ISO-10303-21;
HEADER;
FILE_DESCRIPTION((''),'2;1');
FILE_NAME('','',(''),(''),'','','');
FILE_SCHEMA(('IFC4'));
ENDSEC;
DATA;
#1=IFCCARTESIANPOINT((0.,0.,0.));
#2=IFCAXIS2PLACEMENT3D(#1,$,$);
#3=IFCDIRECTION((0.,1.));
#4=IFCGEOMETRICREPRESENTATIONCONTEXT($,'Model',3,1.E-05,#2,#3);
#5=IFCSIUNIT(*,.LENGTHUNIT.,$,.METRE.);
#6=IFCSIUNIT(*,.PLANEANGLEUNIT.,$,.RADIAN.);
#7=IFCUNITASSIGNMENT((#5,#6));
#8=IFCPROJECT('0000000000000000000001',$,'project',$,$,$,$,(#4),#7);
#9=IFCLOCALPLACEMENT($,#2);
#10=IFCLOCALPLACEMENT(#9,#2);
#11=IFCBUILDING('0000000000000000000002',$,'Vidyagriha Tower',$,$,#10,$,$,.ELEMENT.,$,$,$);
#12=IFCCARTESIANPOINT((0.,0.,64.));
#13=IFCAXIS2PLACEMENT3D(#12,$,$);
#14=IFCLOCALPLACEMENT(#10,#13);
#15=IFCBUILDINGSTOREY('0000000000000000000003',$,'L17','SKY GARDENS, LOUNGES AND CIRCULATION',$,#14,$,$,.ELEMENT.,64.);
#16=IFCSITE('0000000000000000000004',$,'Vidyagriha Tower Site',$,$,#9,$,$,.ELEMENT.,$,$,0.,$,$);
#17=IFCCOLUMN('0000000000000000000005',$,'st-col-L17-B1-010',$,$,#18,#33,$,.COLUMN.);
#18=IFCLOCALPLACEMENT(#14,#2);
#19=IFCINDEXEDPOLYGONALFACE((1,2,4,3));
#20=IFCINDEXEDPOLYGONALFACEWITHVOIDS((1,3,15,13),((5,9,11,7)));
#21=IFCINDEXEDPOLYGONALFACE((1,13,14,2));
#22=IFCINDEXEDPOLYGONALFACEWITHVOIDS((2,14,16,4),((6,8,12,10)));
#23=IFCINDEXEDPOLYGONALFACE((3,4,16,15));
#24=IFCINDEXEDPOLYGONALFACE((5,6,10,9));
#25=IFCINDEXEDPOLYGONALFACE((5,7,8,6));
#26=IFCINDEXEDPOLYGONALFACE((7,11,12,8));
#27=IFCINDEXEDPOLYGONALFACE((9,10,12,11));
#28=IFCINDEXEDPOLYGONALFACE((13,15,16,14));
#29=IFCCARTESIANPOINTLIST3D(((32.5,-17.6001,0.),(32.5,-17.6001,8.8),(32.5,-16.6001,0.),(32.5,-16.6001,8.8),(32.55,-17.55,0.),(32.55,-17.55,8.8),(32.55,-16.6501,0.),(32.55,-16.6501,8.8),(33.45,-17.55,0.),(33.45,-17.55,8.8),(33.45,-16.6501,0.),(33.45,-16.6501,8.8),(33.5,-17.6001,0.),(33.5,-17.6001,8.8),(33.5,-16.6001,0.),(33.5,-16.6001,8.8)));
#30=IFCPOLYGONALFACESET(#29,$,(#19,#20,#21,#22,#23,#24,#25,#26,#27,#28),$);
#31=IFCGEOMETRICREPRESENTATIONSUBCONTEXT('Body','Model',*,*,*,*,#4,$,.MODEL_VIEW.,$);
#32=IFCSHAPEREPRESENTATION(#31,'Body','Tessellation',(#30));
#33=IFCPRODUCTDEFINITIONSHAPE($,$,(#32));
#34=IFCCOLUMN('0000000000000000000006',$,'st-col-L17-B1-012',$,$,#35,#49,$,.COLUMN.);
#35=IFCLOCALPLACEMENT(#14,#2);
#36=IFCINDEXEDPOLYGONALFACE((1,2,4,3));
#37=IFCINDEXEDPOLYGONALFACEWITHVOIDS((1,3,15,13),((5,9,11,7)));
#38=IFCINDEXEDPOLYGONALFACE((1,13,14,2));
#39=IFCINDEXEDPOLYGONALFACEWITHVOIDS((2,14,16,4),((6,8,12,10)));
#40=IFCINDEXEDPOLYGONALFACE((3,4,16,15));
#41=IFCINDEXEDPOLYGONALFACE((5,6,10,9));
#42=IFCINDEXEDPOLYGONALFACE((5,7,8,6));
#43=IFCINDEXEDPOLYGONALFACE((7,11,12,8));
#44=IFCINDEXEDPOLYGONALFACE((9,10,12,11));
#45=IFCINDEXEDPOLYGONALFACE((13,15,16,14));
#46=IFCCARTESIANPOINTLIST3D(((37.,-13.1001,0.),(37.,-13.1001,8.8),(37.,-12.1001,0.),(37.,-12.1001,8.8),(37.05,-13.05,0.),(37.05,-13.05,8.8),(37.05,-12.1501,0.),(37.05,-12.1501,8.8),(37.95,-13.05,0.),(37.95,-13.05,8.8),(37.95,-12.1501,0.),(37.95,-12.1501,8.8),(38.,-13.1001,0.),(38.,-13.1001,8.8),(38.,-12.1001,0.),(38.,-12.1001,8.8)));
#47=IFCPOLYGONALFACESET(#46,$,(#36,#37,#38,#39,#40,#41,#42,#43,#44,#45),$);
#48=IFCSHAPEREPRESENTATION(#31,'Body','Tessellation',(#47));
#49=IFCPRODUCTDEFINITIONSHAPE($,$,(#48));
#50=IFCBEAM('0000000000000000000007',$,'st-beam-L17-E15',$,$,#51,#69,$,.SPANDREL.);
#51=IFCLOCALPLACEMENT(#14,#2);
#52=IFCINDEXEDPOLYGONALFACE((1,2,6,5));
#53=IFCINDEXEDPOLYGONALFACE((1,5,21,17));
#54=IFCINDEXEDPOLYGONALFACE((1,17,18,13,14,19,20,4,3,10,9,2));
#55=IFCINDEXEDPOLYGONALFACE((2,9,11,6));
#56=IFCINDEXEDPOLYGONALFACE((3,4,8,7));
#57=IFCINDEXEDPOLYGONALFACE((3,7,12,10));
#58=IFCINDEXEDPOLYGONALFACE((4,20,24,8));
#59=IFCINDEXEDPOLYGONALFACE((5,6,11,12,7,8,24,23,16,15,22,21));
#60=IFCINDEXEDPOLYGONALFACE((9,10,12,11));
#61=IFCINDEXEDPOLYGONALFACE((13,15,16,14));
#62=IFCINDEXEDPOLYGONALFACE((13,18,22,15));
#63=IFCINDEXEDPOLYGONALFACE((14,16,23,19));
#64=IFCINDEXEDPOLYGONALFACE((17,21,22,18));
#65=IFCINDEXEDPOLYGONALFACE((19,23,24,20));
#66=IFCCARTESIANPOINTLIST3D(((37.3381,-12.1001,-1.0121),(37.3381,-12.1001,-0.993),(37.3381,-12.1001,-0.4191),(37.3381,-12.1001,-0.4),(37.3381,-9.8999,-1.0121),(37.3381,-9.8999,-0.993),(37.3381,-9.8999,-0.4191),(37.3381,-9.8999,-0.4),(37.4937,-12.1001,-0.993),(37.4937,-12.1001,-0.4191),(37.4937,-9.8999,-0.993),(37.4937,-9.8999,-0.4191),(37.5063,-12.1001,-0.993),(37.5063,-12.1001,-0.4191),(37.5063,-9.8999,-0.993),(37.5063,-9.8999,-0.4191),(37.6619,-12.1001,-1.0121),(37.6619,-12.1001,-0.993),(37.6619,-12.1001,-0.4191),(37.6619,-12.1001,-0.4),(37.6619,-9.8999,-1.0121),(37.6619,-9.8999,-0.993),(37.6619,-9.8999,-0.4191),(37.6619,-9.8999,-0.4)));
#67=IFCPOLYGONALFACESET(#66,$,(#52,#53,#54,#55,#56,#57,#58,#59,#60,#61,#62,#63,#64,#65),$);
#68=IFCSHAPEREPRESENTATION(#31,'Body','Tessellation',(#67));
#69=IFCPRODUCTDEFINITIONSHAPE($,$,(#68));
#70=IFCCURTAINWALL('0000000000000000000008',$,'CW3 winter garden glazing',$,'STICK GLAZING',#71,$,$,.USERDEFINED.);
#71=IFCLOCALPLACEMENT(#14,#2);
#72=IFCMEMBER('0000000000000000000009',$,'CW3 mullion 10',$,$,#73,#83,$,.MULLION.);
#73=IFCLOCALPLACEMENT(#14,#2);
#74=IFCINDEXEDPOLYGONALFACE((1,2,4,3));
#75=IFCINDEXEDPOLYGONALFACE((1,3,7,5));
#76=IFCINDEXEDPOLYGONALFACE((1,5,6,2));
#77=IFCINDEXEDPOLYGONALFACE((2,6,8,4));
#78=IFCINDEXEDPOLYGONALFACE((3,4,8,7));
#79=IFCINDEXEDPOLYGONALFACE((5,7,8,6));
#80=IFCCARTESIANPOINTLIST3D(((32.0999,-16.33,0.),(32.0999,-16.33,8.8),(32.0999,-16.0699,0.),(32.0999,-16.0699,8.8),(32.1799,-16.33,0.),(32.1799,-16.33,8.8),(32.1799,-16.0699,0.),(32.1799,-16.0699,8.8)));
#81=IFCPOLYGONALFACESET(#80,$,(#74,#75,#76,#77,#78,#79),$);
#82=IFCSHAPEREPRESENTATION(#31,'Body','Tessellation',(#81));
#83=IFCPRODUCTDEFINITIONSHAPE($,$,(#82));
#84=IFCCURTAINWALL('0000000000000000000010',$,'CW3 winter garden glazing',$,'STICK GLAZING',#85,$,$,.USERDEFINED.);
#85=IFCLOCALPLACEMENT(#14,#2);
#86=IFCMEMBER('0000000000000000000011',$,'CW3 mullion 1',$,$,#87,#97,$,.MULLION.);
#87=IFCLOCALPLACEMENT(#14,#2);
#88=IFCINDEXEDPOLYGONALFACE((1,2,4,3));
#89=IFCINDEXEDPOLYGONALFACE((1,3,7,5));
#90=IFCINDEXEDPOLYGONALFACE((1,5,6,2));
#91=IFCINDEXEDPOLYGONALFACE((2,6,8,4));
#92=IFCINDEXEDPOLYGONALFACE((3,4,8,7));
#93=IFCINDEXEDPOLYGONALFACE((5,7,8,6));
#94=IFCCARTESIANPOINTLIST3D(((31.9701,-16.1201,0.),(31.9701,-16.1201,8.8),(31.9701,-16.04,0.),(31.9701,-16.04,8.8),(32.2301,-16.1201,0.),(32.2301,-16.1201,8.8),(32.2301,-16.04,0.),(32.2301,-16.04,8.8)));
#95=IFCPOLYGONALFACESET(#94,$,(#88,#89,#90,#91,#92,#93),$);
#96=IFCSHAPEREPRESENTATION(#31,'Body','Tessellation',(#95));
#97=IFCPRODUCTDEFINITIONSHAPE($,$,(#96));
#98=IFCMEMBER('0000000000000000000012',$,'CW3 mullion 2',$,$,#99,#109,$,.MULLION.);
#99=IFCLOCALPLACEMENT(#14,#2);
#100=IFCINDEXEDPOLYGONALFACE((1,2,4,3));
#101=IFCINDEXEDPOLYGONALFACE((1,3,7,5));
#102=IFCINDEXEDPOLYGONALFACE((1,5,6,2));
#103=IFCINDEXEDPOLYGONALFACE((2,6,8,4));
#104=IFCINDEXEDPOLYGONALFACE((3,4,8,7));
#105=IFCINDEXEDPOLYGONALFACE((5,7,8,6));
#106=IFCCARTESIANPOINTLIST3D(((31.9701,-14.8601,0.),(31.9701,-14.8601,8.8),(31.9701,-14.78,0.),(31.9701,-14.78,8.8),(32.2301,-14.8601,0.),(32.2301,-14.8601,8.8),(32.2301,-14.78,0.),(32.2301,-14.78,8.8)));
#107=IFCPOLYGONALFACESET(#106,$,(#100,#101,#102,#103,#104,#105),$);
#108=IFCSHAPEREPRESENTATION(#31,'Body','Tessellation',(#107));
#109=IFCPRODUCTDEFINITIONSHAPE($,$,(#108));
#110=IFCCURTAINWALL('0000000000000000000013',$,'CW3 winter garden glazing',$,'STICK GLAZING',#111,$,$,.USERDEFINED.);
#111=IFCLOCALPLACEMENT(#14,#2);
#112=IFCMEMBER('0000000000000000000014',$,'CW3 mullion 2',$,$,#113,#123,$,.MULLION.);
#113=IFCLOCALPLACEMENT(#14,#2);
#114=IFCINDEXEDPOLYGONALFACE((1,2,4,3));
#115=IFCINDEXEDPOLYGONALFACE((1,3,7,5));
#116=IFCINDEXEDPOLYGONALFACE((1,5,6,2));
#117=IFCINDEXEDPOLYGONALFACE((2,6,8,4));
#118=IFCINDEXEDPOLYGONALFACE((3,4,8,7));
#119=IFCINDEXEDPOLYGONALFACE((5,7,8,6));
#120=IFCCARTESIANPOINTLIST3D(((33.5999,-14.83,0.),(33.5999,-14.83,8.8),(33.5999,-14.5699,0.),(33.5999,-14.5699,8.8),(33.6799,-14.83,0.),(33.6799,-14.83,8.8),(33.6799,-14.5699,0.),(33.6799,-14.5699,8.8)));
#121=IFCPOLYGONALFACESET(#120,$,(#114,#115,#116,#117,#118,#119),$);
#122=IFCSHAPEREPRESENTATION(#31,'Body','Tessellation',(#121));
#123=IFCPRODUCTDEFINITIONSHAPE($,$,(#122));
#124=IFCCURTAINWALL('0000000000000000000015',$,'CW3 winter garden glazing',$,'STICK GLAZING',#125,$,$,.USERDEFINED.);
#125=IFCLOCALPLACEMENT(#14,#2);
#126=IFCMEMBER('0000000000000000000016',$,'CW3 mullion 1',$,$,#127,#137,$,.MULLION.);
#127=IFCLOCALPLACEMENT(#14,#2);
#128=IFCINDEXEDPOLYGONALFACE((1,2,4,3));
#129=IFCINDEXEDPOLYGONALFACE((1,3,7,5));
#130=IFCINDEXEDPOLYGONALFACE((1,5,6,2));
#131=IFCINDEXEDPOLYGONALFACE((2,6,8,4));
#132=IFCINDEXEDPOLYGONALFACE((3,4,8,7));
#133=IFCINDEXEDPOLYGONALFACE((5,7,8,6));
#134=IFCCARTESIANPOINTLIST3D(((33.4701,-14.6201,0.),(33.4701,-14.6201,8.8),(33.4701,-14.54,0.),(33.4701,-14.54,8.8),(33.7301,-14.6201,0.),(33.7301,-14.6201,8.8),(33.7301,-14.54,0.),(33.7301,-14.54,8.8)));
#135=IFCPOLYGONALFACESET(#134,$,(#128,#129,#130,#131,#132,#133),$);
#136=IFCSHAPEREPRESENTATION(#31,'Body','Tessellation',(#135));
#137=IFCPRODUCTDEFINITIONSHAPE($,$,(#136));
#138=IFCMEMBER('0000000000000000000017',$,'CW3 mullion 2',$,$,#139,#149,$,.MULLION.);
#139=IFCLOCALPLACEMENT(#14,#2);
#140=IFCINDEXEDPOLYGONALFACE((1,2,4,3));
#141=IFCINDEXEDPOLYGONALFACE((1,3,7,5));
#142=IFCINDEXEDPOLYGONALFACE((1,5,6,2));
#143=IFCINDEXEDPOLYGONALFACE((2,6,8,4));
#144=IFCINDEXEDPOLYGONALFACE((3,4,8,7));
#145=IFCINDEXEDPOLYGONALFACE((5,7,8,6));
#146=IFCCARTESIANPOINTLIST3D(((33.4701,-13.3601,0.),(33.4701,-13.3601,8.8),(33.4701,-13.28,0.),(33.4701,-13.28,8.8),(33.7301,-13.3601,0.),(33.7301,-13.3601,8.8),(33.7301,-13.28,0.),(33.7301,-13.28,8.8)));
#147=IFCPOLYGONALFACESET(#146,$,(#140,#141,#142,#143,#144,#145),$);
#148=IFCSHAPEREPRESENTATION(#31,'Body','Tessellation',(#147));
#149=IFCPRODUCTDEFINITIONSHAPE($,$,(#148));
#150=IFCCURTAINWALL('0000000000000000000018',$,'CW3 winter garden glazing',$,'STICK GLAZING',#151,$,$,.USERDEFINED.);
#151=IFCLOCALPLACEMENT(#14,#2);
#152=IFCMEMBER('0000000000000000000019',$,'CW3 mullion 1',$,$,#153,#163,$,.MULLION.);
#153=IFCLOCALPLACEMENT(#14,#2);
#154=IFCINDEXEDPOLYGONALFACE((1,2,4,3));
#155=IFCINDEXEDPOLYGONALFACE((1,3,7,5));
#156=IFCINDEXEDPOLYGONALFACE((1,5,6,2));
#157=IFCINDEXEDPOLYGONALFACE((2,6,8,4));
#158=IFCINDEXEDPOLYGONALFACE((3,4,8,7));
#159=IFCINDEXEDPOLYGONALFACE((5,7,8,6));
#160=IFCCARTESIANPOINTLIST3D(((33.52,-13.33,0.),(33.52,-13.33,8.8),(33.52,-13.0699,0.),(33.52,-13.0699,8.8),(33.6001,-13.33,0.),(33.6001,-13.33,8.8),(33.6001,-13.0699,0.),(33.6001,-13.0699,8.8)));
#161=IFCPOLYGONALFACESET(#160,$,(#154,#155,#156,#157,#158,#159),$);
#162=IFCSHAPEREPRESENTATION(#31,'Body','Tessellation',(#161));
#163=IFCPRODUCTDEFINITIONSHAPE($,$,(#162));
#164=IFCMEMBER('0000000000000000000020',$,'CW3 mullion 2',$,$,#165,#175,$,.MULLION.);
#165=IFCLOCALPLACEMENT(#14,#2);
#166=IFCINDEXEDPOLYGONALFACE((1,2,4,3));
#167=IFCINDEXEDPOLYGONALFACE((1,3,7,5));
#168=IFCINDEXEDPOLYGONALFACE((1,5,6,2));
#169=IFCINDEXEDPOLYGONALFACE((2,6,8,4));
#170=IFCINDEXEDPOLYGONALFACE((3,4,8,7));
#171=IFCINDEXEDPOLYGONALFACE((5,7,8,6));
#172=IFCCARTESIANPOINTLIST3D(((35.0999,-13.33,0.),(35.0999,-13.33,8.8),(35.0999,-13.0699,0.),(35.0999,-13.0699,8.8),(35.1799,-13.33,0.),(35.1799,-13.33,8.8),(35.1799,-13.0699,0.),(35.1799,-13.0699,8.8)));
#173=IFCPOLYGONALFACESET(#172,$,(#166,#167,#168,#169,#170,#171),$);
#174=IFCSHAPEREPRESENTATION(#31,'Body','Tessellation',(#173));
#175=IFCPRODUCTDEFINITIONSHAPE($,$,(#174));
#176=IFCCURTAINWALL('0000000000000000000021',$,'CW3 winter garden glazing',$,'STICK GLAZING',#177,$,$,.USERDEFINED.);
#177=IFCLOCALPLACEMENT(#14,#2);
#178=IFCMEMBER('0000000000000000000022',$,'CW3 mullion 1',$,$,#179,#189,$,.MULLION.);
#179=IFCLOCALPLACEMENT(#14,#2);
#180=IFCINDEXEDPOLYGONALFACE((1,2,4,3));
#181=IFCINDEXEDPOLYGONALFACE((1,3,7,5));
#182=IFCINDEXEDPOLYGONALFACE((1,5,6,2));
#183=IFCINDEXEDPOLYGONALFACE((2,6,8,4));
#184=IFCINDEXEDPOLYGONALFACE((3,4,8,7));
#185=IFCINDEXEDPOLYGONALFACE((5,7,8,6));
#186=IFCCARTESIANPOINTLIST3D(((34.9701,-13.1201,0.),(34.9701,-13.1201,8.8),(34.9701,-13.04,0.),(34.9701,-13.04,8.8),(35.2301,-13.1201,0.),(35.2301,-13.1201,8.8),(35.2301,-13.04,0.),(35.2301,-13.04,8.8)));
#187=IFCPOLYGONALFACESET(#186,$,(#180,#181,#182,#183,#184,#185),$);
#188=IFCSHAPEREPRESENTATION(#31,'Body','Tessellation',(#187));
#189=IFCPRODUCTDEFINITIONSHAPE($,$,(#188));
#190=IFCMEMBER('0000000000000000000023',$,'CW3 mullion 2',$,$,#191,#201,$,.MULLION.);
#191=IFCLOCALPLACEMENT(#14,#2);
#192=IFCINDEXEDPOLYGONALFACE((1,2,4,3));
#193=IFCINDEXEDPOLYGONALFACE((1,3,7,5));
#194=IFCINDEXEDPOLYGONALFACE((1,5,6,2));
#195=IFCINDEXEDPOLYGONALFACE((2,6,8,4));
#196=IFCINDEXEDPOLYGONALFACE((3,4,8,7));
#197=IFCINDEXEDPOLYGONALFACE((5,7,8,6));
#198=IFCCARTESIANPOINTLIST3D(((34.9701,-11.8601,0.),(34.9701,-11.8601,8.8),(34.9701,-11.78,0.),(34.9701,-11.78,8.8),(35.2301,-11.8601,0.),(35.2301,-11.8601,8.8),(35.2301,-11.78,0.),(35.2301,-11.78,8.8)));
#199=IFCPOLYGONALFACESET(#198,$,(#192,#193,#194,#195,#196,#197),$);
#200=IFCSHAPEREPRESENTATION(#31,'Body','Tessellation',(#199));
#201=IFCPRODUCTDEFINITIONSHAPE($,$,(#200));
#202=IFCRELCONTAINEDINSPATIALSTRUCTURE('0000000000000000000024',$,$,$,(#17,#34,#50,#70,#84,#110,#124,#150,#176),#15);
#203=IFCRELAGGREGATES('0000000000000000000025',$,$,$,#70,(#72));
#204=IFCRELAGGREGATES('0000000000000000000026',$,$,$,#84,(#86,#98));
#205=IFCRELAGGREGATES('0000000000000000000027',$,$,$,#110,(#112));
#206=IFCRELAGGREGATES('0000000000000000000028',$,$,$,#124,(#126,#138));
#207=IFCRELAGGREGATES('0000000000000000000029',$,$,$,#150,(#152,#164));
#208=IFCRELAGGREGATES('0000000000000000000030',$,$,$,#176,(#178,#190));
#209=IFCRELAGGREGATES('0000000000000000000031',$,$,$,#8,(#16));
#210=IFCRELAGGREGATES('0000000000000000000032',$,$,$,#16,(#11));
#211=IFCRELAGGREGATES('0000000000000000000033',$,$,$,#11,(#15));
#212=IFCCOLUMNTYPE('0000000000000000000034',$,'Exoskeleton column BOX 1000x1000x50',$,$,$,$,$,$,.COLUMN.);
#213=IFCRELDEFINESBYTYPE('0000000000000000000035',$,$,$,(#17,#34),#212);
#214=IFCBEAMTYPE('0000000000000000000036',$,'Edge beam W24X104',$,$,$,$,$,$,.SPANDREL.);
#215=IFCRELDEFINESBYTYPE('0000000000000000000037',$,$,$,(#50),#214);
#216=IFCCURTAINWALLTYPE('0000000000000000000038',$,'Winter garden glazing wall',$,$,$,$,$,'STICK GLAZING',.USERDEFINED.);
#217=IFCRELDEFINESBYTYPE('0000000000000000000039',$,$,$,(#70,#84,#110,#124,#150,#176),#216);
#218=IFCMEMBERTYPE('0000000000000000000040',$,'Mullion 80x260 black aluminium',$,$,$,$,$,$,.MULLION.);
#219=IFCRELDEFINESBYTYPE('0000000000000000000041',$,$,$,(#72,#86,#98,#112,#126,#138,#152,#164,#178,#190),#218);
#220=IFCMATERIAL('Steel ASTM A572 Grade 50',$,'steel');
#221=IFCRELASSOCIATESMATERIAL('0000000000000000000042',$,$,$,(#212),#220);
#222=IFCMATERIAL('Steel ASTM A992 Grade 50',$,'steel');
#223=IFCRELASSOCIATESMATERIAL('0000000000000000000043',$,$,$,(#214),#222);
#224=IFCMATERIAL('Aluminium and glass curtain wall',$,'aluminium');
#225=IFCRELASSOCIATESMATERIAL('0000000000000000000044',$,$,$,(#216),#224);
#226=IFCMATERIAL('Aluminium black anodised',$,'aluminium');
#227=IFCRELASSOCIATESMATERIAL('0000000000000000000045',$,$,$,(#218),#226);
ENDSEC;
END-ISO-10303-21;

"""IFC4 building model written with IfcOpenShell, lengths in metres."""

from ifc_helpers import new_model, si_unit, direction, frame, origin, origin_2d, place, context, subcontext, project, spatial, rectangle, hollow_rectangle, i_section, extrude, material, material_profile, profile_set, type_object, element, aggregate, save


model = new_model("IFC4")

# Units and contexts
model_context = context("Model", 3, precision=1e-05, world=origin(), true_north=direction((0.0, 1.0)))
body_context = subcontext(model_context, "Body", "Model", "MODEL_VIEW")
ifc_project = project(units=[si_unit("LENGTHUNIT", "METRE"), si_unit("PLANEANGLEUNIT", "RADIAN")], contexts=[model_context])

# Site, building, storey
site_placement = place(None, origin())
site = spatial("IfcSite", under=ifc_project, at=site_placement, Name="Vidyagriha Tower Site", CompositionType="ELEMENT", RefElevation=0.0)
building_placement = place(site_placement, origin())
building = spatial("IfcBuilding", under=site, at=building_placement, Name="Vidyagriha Tower", CompositionType="ELEMENT")
storey_placement = place(building_placement, frame((0.0, 0.0, 64.0)))
storey = spatial("IfcBuildingStorey", under=building, at=storey_placement, Name="L17", Description="SKY GARDENS, LOUNGES AND CIRCULATION", CompositionType="ELEMENT", Elevation=64.0)

# Columns
ifc_material_1 = material(Name="Steel ASTM A572 Grade 50", Category="steel")
ifc_material_profile_1 = material_profile(ifc_material_1, hollow_rectangle(XDim=1.0, YDim=1.0, WallThickness=0.05, at=origin_2d()), Name="BOX 1000x1000x50")
ifc_profile_set_1 = profile_set([ifc_material_profile_1], Name="Steel ASTM A572 Grade 50")
column_type = type_object("IfcColumnType", Name="Exoskeleton column BOX 1000x1000x50", PredefinedType="COLUMN", material=ifc_profile_set_1)
for number, where, name in (
    (1, (33.0, -17.1001, 0.0), "st-col-L17-B1-010"),
    (2, (37.5, -12.6001, 0.0), "st-col-L17-B1-012"),
):
    element("IfcColumn", number, at=place(storey_placement, frame(where)), inside=storey, type_object=column_type, Name=name, PredefinedType="COLUMN", context=body_context, shape_type="SweptSolid", body=[
        extrude(hollow_rectangle(XDim=1.0, YDim=1.0, WallThickness=0.05, at=origin_2d()), origin(), (0.0, 0.0, 1.0), 8.8),
    ])

# Beam
ifc_material_2 = material(Name="Steel ASTM A992 Grade 50", Category="steel")
ifc_material_profile_2 = material_profile(ifc_material_2, i_section(OverallWidth=0.3237, OverallDepth=0.6121, WebThickness=0.0127, FlangeThickness=0.019, at=origin_2d()), Name="W24X104")
ifc_profile_set_2 = profile_set([ifc_material_profile_2], Name="Steel ASTM A992 Grade 50")
beam_type = type_object("IfcBeamType", Name="Edge beam W24X104", PredefinedType="SPANDREL", material=ifc_profile_set_2)
beam_placement = place(storey_placement, frame((37.5, -12.1001, -0.7061), z_axis=(0.0, 1.0, 0.0), x_axis=(-1.0, 0.0, 0.0)))
element("IfcBeam", 3, at=beam_placement, inside=storey, type_object=beam_type, Name="st-beam-L17-E15", PredefinedType="SPANDREL", context=body_context, shape_type="SweptSolid", body=[
    extrude(i_section(OverallWidth=0.3237, OverallDepth=0.6121, WebThickness=0.0127, FlangeThickness=0.019, at=origin_2d()), origin(), (0.0, 0.0, 1.0), 2.2002),
])

# Curtain wall, member
ifc_material_3 = material(Name="Aluminium and glass curtain wall", Category="aluminium")
curtain_wall_type = type_object("IfcCurtainWallType", Name="Winter garden glazing wall", ElementType="STICK GLAZING", PredefinedType="USERDEFINED", material=ifc_material_3)
curtain_wall_1_placement = place(storey_placement, origin())
curtain_wall_1 = element("IfcCurtainWall", 4, at=curtain_wall_1_placement, inside=storey, type_object=curtain_wall_type, Name="CW3 winter garden glazing", ObjectType="STICK GLAZING", PredefinedType="USERDEFINED")
ifc_material_4 = material(Name="Aluminium black anodised", Category="aluminium")
ifc_material_profile_3 = material_profile(ifc_material_4, rectangle(XDim=0.26, YDim=0.0801, at=origin_2d()), Name="Mullion 80x260 black aluminium")
ifc_profile_set_3 = profile_set([ifc_material_profile_3], Name="Aluminium black anodised")
member_type_1 = type_object("IfcMemberType", Name="Mullion 80x260 black aluminium", PredefinedType="MULLION", material=ifc_profile_set_3)
member_1_placement = place(storey_placement, frame((32.1399, -16.2, 0.0), z_axis=(0.0, 0.0, 1.0), x_axis=(0.0, 1.0, 0.0)))
member_1 = element("IfcMember", 5, at=member_1_placement, type_object=member_type_1, Name="CW3 mullion 10", PredefinedType="MULLION", context=body_context, shape_type="SweptSolid", body=[
    extrude(rectangle(XDim=0.26, YDim=0.0801, at=origin_2d()), origin(), (0.0, 0.0, 1.0), 8.8),
])
aggregate(curtain_wall_1, [member_1])

# Curtain wall, members
curtain_wall_2_placement = place(storey_placement, origin())
curtain_wall_2 = element("IfcCurtainWall", 6, at=curtain_wall_2_placement, inside=storey, type_object=curtain_wall_type, Name="CW3 winter garden glazing", ObjectType="STICK GLAZING", PredefinedType="USERDEFINED")
member_2_placement = place(storey_placement, frame((32.1001, -16.0801, 0.0), z_axis=(0.0, 0.0, 1.0), x_axis=(-1.0, 0.0, 0.0)))
member_2 = element("IfcMember", 7, at=member_2_placement, type_object=member_type_1, Name="CW3 mullion 1", PredefinedType="MULLION", context=body_context, shape_type="SweptSolid", body=[
    extrude(rectangle(XDim=0.26, YDim=0.0801, at=origin_2d()), origin(), (0.0, 0.0, 1.0), 8.8),
])
member_3_placement = place(storey_placement, frame((32.1001, -14.8201, 0.0), z_axis=(0.0, 0.0, 1.0), x_axis=(-1.0, 0.0, 0.0)))
member_3 = element("IfcMember", 8, at=member_3_placement, type_object=member_type_1, Name="CW3 mullion 2", PredefinedType="MULLION", context=body_context, shape_type="SweptSolid", body=[
    extrude(rectangle(XDim=0.26, YDim=0.0801, at=origin_2d()), origin(), (0.0, 0.0, 1.0), 8.8),
])

# Curtain wall, member
curtain_wall_3_placement = place(storey_placement, origin())
curtain_wall_3 = element("IfcCurtainWall", 9, at=curtain_wall_3_placement, inside=storey, type_object=curtain_wall_type, Name="CW3 winter garden glazing", ObjectType="STICK GLAZING", PredefinedType="USERDEFINED")
member_4_placement = place(storey_placement, frame((33.6399, -14.7, 0.0), z_axis=(0.0, 0.0, 1.0), x_axis=(0.0, 1.0, 0.0)))
member_4 = element("IfcMember", 10, at=member_4_placement, type_object=member_type_1, Name="CW3 mullion 2", PredefinedType="MULLION", context=body_context, shape_type="SweptSolid", body=[
    extrude(rectangle(XDim=0.26, YDim=0.0801, at=origin_2d()), origin(), (0.0, 0.0, 1.0), 8.8),
])

# Curtain walls, members
curtain_wall_4_placement = place(storey_placement, origin())
curtain_wall_4 = element("IfcCurtainWall", 11, at=curtain_wall_4_placement, inside=storey, type_object=curtain_wall_type, Name="CW3 winter garden glazing", ObjectType="STICK GLAZING", PredefinedType="USERDEFINED")
member_5_placement = place(storey_placement, frame((33.6001, -14.5801, 0.0), z_axis=(0.0, 0.0, 1.0), x_axis=(-1.0, 0.0, 0.0)))
member_5 = element("IfcMember", 12, at=member_5_placement, type_object=member_type_1, Name="CW3 mullion 1", PredefinedType="MULLION", context=body_context, shape_type="SweptSolid", body=[
    extrude(rectangle(XDim=0.26, YDim=0.0801, at=origin_2d()), origin(), (0.0, 0.0, 1.0), 8.8),
])
member_6_placement = place(storey_placement, frame((33.6001, -13.3201, 0.0), z_axis=(0.0, 0.0, 1.0), x_axis=(-1.0, 0.0, 0.0)))
member_6 = element("IfcMember", 13, at=member_6_placement, type_object=member_type_1, Name="CW3 mullion 2", PredefinedType="MULLION", context=body_context, shape_type="SweptSolid", body=[
    extrude(rectangle(XDim=0.26, YDim=0.0801, at=origin_2d()), origin(), (0.0, 0.0, 1.0), 8.8),
])
curtain_wall_5_placement = place(storey_placement, origin())
curtain_wall_5 = element("IfcCurtainWall", 14, at=curtain_wall_5_placement, inside=storey, type_object=curtain_wall_type, Name="CW3 winter garden glazing", ObjectType="STICK GLAZING", PredefinedType="USERDEFINED")
member_7_placement = place(storey_placement, frame((33.5601, -13.2, 0.0), z_axis=(0.0, 0.0, 1.0), x_axis=(0.0, 1.0, 0.0)))
member_7 = element("IfcMember", 15, at=member_7_placement, type_object=member_type_1, Name="CW3 mullion 1", PredefinedType="MULLION", context=body_context, shape_type="SweptSolid", body=[
    extrude(rectangle(XDim=0.26, YDim=0.0801, at=origin_2d()), origin(), (0.0, 0.0, 1.0), 8.8),
])
member_8_placement = place(storey_placement, frame((35.1399, -13.2, 0.0), z_axis=(0.0, 0.0, 1.0), x_axis=(0.0, 1.0, 0.0)))
member_8 = element("IfcMember", 16, at=member_8_placement, type_object=member_type_1, Name="CW3 mullion 2", PredefinedType="MULLION", context=body_context, shape_type="SweptSolid", body=[
    extrude(rectangle(XDim=0.26, YDim=0.0801, at=origin_2d()), origin(), (0.0, 0.0, 1.0), 8.8),
])
curtain_wall_6_placement = place(storey_placement, origin())
curtain_wall_6 = element("IfcCurtainWall", 17, at=curtain_wall_6_placement, inside=storey, type_object=curtain_wall_type, Name="CW3 winter garden glazing", ObjectType="STICK GLAZING", PredefinedType="USERDEFINED")
member_9_placement = place(storey_placement, frame((35.1001, -13.0801, 0.0), z_axis=(0.0, 0.0, 1.0), x_axis=(-1.0, 0.0, 0.0)))
member_9 = element("IfcMember", 18, at=member_9_placement, type_object=member_type_1, Name="CW3 mullion 1", PredefinedType="MULLION", context=body_context, shape_type="SweptSolid", body=[
    extrude(rectangle(XDim=0.26, YDim=0.0801, at=origin_2d()), origin(), (0.0, 0.0, 1.0), 8.8),
])
member_10_placement = place(storey_placement, frame((35.1001, -11.8201, 0.0), z_axis=(0.0, 0.0, 1.0), x_axis=(-1.0, 0.0, 0.0)))
member_10 = element("IfcMember", 19, at=member_10_placement, type_object=member_type_1, Name="CW3 mullion 2", PredefinedType="MULLION", context=body_context, shape_type="SweptSolid", body=[
    extrude(rectangle(XDim=0.26, YDim=0.0801, at=origin_2d()), origin(), (0.0, 0.0, 1.0), 8.8),
])

aggregate(curtain_wall_2, [member_2, member_3])
aggregate(curtain_wall_3, [member_4])
aggregate(curtain_wall_4, [member_5, member_6])
aggregate(curtain_wall_5, [member_7, member_8])
aggregate(curtain_wall_6, [member_9, member_10])

save(model, "model.ifc")
